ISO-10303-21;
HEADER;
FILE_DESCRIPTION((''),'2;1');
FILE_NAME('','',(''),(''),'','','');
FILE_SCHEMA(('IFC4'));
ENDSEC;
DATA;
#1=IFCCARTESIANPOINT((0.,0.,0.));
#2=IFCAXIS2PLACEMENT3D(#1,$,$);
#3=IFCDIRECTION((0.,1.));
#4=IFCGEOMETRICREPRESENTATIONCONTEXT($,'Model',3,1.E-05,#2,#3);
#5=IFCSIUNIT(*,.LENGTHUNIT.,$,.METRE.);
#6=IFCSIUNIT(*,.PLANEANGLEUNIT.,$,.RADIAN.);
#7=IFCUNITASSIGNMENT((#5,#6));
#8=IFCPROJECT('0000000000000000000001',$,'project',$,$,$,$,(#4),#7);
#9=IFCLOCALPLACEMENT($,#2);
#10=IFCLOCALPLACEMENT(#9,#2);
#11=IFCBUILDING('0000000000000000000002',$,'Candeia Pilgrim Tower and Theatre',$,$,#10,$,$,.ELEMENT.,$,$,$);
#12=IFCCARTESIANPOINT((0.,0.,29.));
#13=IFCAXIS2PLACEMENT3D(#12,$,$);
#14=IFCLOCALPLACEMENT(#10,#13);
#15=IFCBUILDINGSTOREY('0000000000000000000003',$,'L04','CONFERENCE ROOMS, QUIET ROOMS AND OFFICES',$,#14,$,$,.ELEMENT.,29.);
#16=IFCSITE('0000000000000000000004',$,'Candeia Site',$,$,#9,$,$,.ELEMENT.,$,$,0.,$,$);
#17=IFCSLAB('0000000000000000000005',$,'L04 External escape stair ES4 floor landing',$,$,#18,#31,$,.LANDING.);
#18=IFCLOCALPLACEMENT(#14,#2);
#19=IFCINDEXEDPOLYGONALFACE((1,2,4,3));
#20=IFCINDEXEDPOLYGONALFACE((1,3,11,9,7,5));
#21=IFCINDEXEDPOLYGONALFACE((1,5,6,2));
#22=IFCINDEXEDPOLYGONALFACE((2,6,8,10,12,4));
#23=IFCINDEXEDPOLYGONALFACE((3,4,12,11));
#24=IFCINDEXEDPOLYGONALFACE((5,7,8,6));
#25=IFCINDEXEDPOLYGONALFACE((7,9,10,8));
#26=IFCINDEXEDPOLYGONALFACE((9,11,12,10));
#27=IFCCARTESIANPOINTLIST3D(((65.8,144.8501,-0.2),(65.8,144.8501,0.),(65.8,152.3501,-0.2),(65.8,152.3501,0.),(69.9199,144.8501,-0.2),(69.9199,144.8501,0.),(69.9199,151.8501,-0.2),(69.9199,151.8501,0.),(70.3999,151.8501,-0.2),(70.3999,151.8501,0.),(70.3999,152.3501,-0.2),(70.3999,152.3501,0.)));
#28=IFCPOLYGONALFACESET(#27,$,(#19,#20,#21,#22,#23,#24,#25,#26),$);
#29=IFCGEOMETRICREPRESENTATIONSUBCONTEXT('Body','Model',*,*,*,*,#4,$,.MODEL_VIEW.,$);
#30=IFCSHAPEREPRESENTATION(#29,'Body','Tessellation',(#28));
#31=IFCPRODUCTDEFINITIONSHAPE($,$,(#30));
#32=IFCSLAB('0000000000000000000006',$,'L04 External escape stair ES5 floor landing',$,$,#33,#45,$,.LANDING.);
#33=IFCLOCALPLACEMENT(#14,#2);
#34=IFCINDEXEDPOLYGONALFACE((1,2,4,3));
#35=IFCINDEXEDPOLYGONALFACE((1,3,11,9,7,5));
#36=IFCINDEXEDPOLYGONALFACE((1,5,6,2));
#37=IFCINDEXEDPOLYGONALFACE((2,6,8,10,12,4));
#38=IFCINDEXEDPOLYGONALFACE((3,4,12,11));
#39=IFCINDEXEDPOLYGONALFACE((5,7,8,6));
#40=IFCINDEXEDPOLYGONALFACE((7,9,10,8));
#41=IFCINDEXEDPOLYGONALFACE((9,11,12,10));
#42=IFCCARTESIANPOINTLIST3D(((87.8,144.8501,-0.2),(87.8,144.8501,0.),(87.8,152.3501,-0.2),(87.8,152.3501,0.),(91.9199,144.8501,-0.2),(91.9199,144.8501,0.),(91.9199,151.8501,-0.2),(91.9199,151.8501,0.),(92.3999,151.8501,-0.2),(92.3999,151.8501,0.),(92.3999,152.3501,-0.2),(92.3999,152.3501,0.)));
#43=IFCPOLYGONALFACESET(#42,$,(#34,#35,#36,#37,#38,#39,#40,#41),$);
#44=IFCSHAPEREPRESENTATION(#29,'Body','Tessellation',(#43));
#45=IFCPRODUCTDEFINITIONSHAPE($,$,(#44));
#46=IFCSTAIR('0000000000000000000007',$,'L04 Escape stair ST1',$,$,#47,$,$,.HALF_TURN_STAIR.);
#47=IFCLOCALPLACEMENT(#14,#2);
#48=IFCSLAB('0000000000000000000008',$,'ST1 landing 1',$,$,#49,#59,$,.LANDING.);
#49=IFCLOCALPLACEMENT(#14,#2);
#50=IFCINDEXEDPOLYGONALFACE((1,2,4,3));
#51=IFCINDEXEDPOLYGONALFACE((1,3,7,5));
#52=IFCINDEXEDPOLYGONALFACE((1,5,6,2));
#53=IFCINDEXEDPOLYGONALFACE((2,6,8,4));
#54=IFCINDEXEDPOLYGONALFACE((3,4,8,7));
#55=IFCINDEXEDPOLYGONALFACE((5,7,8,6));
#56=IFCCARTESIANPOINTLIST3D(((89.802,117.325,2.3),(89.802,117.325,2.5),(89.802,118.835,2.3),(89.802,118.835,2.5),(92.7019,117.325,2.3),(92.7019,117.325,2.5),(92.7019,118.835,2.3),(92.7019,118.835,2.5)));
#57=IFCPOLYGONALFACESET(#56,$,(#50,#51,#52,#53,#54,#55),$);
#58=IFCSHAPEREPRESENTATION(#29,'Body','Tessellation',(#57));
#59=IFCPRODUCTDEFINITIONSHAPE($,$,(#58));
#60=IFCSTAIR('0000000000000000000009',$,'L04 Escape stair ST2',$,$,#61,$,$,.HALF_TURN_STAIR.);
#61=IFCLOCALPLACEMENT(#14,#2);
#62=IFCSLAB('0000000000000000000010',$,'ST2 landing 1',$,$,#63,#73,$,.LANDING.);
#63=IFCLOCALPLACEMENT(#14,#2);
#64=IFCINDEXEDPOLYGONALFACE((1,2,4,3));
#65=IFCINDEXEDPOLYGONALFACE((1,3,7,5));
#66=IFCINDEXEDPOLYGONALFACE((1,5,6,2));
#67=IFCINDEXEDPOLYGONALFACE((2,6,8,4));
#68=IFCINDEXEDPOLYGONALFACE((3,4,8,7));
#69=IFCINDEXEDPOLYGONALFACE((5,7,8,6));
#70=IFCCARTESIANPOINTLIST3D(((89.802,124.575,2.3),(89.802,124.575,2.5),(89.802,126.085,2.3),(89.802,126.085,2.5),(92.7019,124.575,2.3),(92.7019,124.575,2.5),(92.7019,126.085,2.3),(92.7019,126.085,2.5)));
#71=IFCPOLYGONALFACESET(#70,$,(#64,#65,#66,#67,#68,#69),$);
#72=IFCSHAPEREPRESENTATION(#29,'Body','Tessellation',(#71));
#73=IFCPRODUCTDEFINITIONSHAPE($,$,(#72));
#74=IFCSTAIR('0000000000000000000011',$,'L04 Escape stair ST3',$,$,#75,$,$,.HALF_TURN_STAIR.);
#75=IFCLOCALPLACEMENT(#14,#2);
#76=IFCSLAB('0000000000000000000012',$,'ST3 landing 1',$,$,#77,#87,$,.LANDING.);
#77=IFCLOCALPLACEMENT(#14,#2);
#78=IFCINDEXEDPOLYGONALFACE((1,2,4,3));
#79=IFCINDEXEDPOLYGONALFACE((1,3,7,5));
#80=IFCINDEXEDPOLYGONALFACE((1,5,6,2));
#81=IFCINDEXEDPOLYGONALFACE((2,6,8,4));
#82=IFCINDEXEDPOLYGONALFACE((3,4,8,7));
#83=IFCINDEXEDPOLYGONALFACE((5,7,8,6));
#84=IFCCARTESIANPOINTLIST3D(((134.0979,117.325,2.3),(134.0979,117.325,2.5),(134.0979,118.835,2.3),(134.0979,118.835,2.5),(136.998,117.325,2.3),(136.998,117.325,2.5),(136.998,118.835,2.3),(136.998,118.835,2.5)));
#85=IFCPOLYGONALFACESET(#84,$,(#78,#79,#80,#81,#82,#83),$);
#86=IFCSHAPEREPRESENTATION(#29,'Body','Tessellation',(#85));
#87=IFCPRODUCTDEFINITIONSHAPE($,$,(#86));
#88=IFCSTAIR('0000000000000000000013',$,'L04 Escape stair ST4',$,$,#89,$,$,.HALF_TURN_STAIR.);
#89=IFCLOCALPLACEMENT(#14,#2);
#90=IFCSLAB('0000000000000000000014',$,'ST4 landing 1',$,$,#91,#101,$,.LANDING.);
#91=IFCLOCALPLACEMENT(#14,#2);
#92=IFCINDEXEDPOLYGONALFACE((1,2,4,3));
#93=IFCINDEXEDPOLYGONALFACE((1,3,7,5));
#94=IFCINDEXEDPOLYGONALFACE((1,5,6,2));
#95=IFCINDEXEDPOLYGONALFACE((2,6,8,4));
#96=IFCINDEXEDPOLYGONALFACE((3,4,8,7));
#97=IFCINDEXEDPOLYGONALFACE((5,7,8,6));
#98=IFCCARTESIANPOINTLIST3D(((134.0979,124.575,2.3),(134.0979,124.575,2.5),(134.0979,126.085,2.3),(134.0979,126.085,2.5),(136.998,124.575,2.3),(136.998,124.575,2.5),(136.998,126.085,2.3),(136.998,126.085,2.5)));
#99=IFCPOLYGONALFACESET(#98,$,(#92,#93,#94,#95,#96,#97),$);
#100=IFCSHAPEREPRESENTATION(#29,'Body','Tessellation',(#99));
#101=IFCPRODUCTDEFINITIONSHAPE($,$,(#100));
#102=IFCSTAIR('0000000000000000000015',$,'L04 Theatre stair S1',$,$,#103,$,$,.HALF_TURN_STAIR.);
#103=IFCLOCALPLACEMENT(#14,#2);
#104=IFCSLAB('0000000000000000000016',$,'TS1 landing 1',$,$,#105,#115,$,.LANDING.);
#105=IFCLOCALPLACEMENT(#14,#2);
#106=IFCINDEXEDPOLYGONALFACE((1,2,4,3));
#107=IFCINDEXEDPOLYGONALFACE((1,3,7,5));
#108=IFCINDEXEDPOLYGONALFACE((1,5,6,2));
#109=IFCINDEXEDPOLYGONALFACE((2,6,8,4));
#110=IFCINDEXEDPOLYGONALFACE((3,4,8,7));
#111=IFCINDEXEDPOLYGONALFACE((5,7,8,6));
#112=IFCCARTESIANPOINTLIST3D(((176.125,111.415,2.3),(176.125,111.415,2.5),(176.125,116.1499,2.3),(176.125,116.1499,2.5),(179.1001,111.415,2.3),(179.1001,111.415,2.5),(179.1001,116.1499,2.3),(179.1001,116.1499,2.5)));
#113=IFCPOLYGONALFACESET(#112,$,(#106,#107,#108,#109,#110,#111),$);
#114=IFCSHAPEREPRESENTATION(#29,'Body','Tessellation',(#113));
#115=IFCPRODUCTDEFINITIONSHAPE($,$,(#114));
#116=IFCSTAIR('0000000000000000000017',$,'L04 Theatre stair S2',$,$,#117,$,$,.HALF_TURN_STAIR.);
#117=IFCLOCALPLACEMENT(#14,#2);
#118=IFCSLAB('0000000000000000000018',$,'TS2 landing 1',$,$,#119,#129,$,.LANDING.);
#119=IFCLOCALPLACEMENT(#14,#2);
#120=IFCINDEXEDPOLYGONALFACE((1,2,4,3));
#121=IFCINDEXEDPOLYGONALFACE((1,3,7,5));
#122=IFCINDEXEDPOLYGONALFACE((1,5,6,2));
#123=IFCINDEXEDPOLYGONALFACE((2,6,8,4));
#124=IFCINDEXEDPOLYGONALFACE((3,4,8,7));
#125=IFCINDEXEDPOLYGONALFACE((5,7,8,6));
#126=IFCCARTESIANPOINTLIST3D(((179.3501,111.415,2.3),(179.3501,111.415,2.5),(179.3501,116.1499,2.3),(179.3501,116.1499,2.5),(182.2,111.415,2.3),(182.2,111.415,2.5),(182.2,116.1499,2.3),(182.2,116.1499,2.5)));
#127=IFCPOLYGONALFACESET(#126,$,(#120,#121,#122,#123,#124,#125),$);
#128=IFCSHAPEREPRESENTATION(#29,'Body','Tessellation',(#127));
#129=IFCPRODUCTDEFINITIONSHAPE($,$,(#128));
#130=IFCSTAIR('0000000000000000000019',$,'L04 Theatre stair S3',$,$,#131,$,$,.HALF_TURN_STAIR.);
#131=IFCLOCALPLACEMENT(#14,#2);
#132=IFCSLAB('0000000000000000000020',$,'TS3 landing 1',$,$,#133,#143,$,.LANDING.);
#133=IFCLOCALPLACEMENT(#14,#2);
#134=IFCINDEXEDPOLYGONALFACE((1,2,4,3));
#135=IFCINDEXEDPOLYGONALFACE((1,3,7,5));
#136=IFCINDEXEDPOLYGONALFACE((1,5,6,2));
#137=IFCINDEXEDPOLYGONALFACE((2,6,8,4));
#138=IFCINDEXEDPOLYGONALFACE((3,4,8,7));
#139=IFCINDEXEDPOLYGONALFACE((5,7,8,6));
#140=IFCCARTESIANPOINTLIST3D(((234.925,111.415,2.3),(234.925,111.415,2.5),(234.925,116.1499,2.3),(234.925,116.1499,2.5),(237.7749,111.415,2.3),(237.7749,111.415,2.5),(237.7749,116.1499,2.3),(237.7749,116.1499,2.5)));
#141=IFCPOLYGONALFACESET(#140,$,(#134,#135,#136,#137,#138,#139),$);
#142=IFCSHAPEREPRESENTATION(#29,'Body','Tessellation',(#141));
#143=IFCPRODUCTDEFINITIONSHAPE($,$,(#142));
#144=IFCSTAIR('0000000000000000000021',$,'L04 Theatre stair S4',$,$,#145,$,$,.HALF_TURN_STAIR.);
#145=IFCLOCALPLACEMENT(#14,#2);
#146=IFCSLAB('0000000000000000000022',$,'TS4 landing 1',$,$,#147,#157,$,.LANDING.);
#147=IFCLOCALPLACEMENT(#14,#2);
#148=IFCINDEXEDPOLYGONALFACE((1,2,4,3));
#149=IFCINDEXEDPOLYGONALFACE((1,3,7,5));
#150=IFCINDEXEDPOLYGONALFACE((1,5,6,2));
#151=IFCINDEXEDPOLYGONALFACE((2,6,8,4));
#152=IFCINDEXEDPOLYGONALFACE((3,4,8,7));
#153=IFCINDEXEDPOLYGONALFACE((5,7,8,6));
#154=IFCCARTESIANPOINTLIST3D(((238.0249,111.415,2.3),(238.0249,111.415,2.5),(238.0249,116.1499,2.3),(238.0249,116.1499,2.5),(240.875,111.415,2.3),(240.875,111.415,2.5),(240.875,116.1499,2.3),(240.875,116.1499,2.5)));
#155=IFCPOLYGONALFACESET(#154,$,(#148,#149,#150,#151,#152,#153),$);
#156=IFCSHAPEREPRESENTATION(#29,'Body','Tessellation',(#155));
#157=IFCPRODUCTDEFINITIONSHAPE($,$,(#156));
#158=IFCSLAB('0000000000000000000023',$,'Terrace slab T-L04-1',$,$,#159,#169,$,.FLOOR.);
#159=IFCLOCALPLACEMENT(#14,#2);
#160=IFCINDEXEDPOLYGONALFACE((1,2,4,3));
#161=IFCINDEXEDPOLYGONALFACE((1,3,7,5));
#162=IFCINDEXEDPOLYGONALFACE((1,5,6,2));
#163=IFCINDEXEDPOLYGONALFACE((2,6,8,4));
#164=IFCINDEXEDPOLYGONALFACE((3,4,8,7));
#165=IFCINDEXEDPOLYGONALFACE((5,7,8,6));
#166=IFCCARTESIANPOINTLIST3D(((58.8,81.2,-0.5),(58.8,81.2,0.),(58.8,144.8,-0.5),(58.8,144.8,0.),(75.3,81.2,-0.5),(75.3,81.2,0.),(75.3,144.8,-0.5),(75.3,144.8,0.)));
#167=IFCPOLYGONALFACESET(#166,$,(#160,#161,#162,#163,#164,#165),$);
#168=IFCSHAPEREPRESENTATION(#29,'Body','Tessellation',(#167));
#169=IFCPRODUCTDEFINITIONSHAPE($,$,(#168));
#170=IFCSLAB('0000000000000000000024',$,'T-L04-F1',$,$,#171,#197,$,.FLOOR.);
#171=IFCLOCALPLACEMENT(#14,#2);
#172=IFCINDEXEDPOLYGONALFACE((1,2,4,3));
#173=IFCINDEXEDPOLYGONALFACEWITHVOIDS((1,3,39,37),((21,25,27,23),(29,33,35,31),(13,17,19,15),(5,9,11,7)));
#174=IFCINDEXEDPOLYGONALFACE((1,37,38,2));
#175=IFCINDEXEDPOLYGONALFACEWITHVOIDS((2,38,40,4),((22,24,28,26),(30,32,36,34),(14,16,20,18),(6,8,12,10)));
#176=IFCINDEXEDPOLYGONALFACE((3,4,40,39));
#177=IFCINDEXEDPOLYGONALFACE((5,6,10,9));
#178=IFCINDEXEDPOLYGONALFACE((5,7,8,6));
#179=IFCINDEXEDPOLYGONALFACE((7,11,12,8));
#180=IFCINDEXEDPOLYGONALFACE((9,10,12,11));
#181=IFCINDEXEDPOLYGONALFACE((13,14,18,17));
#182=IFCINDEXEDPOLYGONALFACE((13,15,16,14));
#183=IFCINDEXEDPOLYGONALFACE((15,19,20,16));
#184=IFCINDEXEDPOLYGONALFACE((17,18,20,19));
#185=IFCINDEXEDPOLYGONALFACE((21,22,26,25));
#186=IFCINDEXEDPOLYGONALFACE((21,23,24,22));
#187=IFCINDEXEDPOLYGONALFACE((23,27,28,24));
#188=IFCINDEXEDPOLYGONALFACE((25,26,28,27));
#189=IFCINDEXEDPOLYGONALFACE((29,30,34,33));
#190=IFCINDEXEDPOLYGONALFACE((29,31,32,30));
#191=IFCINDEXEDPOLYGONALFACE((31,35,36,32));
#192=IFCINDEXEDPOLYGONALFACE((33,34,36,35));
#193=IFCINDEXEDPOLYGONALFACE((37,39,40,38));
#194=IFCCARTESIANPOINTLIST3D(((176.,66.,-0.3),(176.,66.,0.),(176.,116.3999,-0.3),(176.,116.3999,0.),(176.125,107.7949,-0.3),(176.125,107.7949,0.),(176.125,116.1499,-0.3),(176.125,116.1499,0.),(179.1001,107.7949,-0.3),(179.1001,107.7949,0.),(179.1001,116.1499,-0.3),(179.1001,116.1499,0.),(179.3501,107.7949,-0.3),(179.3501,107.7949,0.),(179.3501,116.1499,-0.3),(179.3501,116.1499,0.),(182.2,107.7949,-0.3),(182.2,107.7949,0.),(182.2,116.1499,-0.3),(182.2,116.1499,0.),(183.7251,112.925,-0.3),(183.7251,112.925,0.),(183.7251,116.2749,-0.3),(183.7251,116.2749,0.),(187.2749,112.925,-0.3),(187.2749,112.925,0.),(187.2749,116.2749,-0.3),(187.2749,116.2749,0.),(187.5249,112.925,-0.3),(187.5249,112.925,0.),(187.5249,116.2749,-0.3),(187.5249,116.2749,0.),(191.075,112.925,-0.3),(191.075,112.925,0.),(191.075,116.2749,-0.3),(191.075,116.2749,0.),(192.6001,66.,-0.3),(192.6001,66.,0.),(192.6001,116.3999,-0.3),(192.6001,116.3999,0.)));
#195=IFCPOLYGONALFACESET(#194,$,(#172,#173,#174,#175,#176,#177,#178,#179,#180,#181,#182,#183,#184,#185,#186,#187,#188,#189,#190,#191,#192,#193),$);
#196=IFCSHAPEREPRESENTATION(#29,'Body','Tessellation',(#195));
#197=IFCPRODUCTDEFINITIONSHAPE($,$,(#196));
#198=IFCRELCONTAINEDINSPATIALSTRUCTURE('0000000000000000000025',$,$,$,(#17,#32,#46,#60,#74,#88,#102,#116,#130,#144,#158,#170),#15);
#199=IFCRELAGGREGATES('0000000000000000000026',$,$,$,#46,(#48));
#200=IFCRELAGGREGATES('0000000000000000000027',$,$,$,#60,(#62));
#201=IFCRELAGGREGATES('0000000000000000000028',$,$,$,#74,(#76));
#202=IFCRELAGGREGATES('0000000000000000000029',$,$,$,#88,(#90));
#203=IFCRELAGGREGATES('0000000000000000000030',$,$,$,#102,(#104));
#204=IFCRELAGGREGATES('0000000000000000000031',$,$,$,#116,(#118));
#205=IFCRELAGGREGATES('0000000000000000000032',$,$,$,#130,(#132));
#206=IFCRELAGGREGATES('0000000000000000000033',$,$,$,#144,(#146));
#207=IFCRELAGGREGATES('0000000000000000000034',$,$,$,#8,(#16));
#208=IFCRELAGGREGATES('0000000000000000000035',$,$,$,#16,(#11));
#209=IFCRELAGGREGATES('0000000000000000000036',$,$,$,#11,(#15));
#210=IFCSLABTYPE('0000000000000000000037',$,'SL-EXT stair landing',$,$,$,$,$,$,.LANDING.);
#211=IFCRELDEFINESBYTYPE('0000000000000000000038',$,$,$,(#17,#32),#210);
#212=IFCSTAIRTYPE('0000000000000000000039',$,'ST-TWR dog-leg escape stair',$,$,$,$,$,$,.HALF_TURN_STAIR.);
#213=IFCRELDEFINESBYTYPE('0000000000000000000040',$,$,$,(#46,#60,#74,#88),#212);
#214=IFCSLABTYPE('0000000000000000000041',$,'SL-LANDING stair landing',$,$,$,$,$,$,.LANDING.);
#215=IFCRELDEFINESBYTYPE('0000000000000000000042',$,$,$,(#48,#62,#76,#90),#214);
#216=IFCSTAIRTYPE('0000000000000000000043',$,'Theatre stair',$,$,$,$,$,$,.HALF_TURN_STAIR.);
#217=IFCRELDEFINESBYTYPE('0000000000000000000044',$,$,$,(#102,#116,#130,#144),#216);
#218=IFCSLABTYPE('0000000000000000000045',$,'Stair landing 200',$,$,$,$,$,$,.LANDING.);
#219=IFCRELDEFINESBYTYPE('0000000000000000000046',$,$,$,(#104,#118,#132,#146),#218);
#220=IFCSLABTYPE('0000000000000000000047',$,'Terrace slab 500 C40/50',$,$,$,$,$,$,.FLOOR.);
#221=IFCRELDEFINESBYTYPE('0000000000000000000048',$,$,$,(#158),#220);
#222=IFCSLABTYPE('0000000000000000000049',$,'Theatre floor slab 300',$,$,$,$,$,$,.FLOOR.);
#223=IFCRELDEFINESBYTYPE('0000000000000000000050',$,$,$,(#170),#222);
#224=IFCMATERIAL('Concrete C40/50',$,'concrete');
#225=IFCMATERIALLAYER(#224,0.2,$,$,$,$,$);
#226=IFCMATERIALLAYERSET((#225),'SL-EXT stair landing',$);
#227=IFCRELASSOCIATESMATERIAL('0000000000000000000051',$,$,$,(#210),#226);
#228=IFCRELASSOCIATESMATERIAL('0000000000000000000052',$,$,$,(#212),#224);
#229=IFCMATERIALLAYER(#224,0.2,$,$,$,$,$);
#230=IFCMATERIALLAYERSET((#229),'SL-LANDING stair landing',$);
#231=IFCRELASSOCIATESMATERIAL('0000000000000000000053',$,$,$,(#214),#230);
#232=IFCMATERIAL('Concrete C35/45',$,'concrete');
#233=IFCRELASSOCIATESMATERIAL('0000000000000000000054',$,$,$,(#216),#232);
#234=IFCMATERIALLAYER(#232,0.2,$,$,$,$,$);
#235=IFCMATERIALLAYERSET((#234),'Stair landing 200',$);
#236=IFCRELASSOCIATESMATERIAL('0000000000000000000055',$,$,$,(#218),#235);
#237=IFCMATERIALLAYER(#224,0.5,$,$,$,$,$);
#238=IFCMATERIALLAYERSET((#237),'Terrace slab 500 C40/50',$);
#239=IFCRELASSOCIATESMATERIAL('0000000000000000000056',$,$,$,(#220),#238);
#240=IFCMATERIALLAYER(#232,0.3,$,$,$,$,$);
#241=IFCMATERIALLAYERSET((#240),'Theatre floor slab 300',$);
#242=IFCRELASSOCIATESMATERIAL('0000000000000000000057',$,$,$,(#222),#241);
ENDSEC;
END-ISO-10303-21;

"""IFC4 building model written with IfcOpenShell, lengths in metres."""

from ifc_helpers import new_model, si_unit, direction, frame, origin, place, context, subcontext, project, spatial, polyline, outline, extrude, material, layer, layer_set, type_object, element, aggregate, save


model = new_model("IFC4")

# Units and contexts
model_context = context("Model", 3, precision=1e-05, world=origin(), true_north=direction((0.0, 1.0)))
body_context = subcontext(model_context, "Body", "Model", "MODEL_VIEW")
ifc_project = project(units=[si_unit("LENGTHUNIT", "METRE"), si_unit("PLANEANGLEUNIT", "RADIAN")], contexts=[model_context])

# Site, building, storey
site_placement = place(None, origin())
site = spatial("IfcSite", under=ifc_project, at=site_placement, Name="Candeia Site", CompositionType="ELEMENT", RefElevation=0.0)
building_placement = place(site_placement, origin())
building = spatial("IfcBuilding", under=site, at=building_placement, Name="Candeia Pilgrim Tower and Theatre", CompositionType="ELEMENT")
storey_placement = place(building_placement, frame((0.0, 0.0, 29.0)))
storey = spatial("IfcBuildingStorey", under=building, at=storey_placement, Name="L04", Description="CONFERENCE ROOMS, QUIET ROOMS AND OFFICES", CompositionType="ELEMENT", Elevation=29.0)

# Slabs
ifc_material_1 = material(Name="Concrete C40/50", Category="concrete")
ifc_layer_1 = layer(ifc_material_1, 0.2)
ifc_layer_set_1 = layer_set([ifc_layer_1], Name="SL-EXT stair landing")
slab_type_1 = type_object("IfcSlabType", Name="SL-EXT stair landing", PredefinedType="LANDING", material=ifc_layer_set_1)
slab_1_placement = place(storey_placement, frame((0.0, 0.0, -0.2)))
element("IfcSlab", 1, at=slab_1_placement, inside=storey, type_object=slab_type_1, Name="L04 External escape stair ES4 floor landing", PredefinedType="LANDING", context=body_context, shape_type="SweptSolid", body=[
    extrude(outline(polyline([(65.8, 144.8501), (69.9199, 144.8501), (69.9199, 151.8501), (70.3999, 151.8501), (70.3999, 152.3501), (65.8, 152.3501), (65.8, 144.8501)])), origin(), (0.0, 0.0, 1.0), 0.2),
])
slab_2_placement = place(storey_placement, frame((0.0, 0.0, -0.2)))
element("IfcSlab", 2, at=slab_2_placement, inside=storey, type_object=slab_type_1, Name="L04 External escape stair ES5 floor landing", PredefinedType="LANDING", context=body_context, shape_type="SweptSolid", body=[
    extrude(outline(polyline([(87.8, 144.8501), (91.9199, 144.8501), (91.9199, 151.8501), (92.3999, 151.8501), (92.3999, 152.3501), (87.8, 152.3501), (87.8, 144.8501)])), origin(), (0.0, 0.0, 1.0), 0.2),
])

# Stairs, slabs
stair_type_1 = type_object("IfcStairType", Name="ST-TWR dog-leg escape stair", PredefinedType="HALF_TURN_STAIR", material=ifc_material_1)
stair_1_placement = place(storey_placement, origin())
stair_1 = element("IfcStair", 3, at=stair_1_placement, inside=storey, type_object=stair_type_1, Name="L04 Escape stair ST1", PredefinedType="HALF_TURN_STAIR")
ifc_layer_2 = layer(ifc_material_1, 0.2)
ifc_layer_set_2 = layer_set([ifc_layer_2], Name="SL-LANDING stair landing")
slab_type_2 = type_object("IfcSlabType", Name="SL-LANDING stair landing", PredefinedType="LANDING", material=ifc_layer_set_2)
slab_3_placement = place(storey_placement, frame((0.0, 0.0, 2.3)))
slab_3 = element("IfcSlab", 4, at=slab_3_placement, type_object=slab_type_2, Name="ST1 landing 1", PredefinedType="LANDING", context=body_context, shape_type="SweptSolid", body=[
    extrude(outline(polyline([(89.802, 118.835), (89.802, 117.325), (92.7019, 117.325), (92.7019, 118.835), (89.802, 118.835)])), origin(), (0.0, 0.0, 1.0), 0.2),
])
aggregate(stair_1, [slab_3])
stair_2_placement = place(storey_placement, origin())
stair_2 = element("IfcStair", 5, at=stair_2_placement, inside=storey, type_object=stair_type_1, Name="L04 Escape stair ST2", PredefinedType="HALF_TURN_STAIR")
slab_4_placement = place(storey_placement, frame((0.0, 0.0, 2.3)))
slab_4 = element("IfcSlab", 6, at=slab_4_placement, type_object=slab_type_2, Name="ST2 landing 1", PredefinedType="LANDING", context=body_context, shape_type="SweptSolid", body=[
    extrude(outline(polyline([(89.802, 126.085), (89.802, 124.575), (92.7019, 124.575), (92.7019, 126.085), (89.802, 126.085)])), origin(), (0.0, 0.0, 1.0), 0.2),
])
aggregate(stair_2, [slab_4])
stair_3_placement = place(storey_placement, origin())
stair_3 = element("IfcStair", 7, at=stair_3_placement, inside=storey, type_object=stair_type_1, Name="L04 Escape stair ST3", PredefinedType="HALF_TURN_STAIR")
slab_5_placement = place(storey_placement, frame((0.0, 0.0, 2.3)))
slab_5 = element("IfcSlab", 8, at=slab_5_placement, type_object=slab_type_2, Name="ST3 landing 1", PredefinedType="LANDING", context=body_context, shape_type="SweptSolid", body=[
    extrude(outline(polyline([(134.0979, 118.835), (134.0979, 117.325), (136.998, 117.325), (136.998, 118.835), (134.0979, 118.835)])), origin(), (0.0, 0.0, 1.0), 0.2),
])
aggregate(stair_3, [slab_5])
stair_4_placement = place(storey_placement, origin())
stair_4 = element("IfcStair", 9, at=stair_4_placement, inside=storey, type_object=stair_type_1, Name="L04 Escape stair ST4", PredefinedType="HALF_TURN_STAIR")
slab_6_placement = place(storey_placement, frame((0.0, 0.0, 2.3)))
slab_6 = element("IfcSlab", 10, at=slab_6_placement, type_object=slab_type_2, Name="ST4 landing 1", PredefinedType="LANDING", context=body_context, shape_type="SweptSolid", body=[
    extrude(outline(polyline([(134.0979, 126.085), (134.0979, 124.575), (136.998, 124.575), (136.998, 126.085), (134.0979, 126.085)])), origin(), (0.0, 0.0, 1.0), 0.2),
])
aggregate(stair_4, [slab_6])
ifc_material_2 = material(Name="Concrete C35/45", Category="concrete")
stair_type_2 = type_object("IfcStairType", Name="Theatre stair", PredefinedType="HALF_TURN_STAIR", material=ifc_material_2)
stair_5_placement = place(storey_placement, origin())
stair_5 = element("IfcStair", 11, at=stair_5_placement, inside=storey, type_object=stair_type_2, Name="L04 Theatre stair S1", PredefinedType="HALF_TURN_STAIR")
ifc_layer_3 = layer(ifc_material_2, 0.2)
ifc_layer_set_3 = layer_set([ifc_layer_3], Name="Stair landing 200")
slab_type_3 = type_object("IfcSlabType", Name="Stair landing 200", PredefinedType="LANDING", material=ifc_layer_set_3)
slab_7_placement = place(storey_placement, frame((0.0, 0.0, 2.3)))
slab_7 = element("IfcSlab", 12, at=slab_7_placement, type_object=slab_type_3, Name="TS1 landing 1", PredefinedType="LANDING", context=body_context, shape_type="SweptSolid", body=[
    extrude(outline(polyline([(179.1001, 111.415), (179.1001, 116.1499), (176.125, 116.1499), (176.125, 111.415), (179.1001, 111.415)])), origin(), (0.0, 0.0, 1.0), 0.2),
])
aggregate(stair_5, [slab_7])
stair_6_placement = place(storey_placement, origin())
stair_6 = element("IfcStair", 13, at=stair_6_placement, inside=storey, type_object=stair_type_2, Name="L04 Theatre stair S2", PredefinedType="HALF_TURN_STAIR")
slab_8_placement = place(storey_placement, frame((0.0, 0.0, 2.3)))
slab_8 = element("IfcSlab", 14, at=slab_8_placement, type_object=slab_type_3, Name="TS2 landing 1", PredefinedType="LANDING", context=body_context, shape_type="SweptSolid", body=[
    extrude(outline(polyline([(182.2, 111.415), (182.2, 116.1499), (179.3501, 116.1499), (179.3501, 111.415), (182.2, 111.415)])), origin(), (0.0, 0.0, 1.0), 0.2),
])
aggregate(stair_6, [slab_8])
stair_7_placement = place(storey_placement, origin())
stair_7 = element("IfcStair", 15, at=stair_7_placement, inside=storey, type_object=stair_type_2, Name="L04 Theatre stair S3", PredefinedType="HALF_TURN_STAIR")
slab_9_placement = place(storey_placement, frame((0.0, 0.0, 2.3)))
slab_9 = element("IfcSlab", 16, at=slab_9_placement, type_object=slab_type_3, Name="TS3 landing 1", PredefinedType="LANDING", context=body_context, shape_type="SweptSolid", body=[
    extrude(outline(polyline([(237.7749, 111.415), (237.7749, 116.1499), (234.925, 116.1499), (234.925, 111.415), (237.7749, 111.415)])), origin(), (0.0, 0.0, 1.0), 0.2),
])
aggregate(stair_7, [slab_9])
stair_8_placement = place(storey_placement, origin())
stair_8 = element("IfcStair", 17, at=stair_8_placement, inside=storey, type_object=stair_type_2, Name="L04 Theatre stair S4", PredefinedType="HALF_TURN_STAIR")
slab_10_placement = place(storey_placement, frame((0.0, 0.0, 2.3)))
slab_10 = element("IfcSlab", 18, at=slab_10_placement, type_object=slab_type_3, Name="TS4 landing 1", PredefinedType="LANDING", context=body_context, shape_type="SweptSolid", body=[
    extrude(outline(polyline([(240.875, 111.415), (240.875, 116.1499), (238.0249, 116.1499), (238.0249, 111.415), (240.875, 111.415)])), origin(), (0.0, 0.0, 1.0), 0.2),
])
aggregate(stair_8, [slab_10])

# Slabs
ifc_layer_4 = layer(ifc_material_1, 0.5)
ifc_layer_set_4 = layer_set([ifc_layer_4], Name="Terrace slab 500 C40/50")
slab_type_4 = type_object("IfcSlabType", Name="Terrace slab 500 C40/50", PredefinedType="FLOOR", material=ifc_layer_set_4)
slab_11_placement = place(storey_placement, frame((0.0, 0.0, -0.5)))
element("IfcSlab", 19, at=slab_11_placement, inside=storey, type_object=slab_type_4, Name="Terrace slab T-L04-1", PredefinedType="FLOOR", context=body_context, shape_type="SweptSolid", body=[
    extrude(outline(polyline([(58.8, 144.8), (75.3, 144.8), (75.3, 81.2), (58.8, 81.2), (58.8, 144.8)])), origin(), (0.0, 0.0, 1.0), 0.5),
])
ifc_layer_5 = layer(ifc_material_2, 0.3)
ifc_layer_set_5 = layer_set([ifc_layer_5], Name="Theatre floor slab 300")
slab_type_5 = type_object("IfcSlabType", Name="Theatre floor slab 300", PredefinedType="FLOOR", material=ifc_layer_set_5)
slab_12_placement = place(storey_placement, frame((0.0, 0.0, -0.3)))
element("IfcSlab", 20, at=slab_12_placement, inside=storey, type_object=slab_type_5, Name="T-L04-F1", PredefinedType="FLOOR", context=body_context, shape_type="SweptSolid", body=[
    extrude(outline(polyline([(192.6001, 66.0), (176.0, 66.0), (176.0, 116.3999), (192.6001, 116.3999), (192.6001, 66.0)]), holes=[polyline([(179.1001, 116.1499), (176.125, 116.1499), (176.125, 107.7949), (179.1001, 107.7949), (179.1001, 116.1499)]), polyline([(182.2, 107.7949), (182.2, 116.1499), (179.3501, 116.1499), (179.3501, 107.7949), (182.2, 107.7949)]), polyline([(183.7251, 112.925), (187.2749, 112.925), (187.2749, 116.2749), (183.7251, 116.2749), (183.7251, 112.925)]), polyline([(187.5249, 116.2749), (187.5249, 112.925), (191.075, 112.925), (191.075, 116.2749), (187.5249, 116.2749)])]), origin(), (0.0, 0.0, 1.0), 0.3),
])

save(model, "model.ifc")
